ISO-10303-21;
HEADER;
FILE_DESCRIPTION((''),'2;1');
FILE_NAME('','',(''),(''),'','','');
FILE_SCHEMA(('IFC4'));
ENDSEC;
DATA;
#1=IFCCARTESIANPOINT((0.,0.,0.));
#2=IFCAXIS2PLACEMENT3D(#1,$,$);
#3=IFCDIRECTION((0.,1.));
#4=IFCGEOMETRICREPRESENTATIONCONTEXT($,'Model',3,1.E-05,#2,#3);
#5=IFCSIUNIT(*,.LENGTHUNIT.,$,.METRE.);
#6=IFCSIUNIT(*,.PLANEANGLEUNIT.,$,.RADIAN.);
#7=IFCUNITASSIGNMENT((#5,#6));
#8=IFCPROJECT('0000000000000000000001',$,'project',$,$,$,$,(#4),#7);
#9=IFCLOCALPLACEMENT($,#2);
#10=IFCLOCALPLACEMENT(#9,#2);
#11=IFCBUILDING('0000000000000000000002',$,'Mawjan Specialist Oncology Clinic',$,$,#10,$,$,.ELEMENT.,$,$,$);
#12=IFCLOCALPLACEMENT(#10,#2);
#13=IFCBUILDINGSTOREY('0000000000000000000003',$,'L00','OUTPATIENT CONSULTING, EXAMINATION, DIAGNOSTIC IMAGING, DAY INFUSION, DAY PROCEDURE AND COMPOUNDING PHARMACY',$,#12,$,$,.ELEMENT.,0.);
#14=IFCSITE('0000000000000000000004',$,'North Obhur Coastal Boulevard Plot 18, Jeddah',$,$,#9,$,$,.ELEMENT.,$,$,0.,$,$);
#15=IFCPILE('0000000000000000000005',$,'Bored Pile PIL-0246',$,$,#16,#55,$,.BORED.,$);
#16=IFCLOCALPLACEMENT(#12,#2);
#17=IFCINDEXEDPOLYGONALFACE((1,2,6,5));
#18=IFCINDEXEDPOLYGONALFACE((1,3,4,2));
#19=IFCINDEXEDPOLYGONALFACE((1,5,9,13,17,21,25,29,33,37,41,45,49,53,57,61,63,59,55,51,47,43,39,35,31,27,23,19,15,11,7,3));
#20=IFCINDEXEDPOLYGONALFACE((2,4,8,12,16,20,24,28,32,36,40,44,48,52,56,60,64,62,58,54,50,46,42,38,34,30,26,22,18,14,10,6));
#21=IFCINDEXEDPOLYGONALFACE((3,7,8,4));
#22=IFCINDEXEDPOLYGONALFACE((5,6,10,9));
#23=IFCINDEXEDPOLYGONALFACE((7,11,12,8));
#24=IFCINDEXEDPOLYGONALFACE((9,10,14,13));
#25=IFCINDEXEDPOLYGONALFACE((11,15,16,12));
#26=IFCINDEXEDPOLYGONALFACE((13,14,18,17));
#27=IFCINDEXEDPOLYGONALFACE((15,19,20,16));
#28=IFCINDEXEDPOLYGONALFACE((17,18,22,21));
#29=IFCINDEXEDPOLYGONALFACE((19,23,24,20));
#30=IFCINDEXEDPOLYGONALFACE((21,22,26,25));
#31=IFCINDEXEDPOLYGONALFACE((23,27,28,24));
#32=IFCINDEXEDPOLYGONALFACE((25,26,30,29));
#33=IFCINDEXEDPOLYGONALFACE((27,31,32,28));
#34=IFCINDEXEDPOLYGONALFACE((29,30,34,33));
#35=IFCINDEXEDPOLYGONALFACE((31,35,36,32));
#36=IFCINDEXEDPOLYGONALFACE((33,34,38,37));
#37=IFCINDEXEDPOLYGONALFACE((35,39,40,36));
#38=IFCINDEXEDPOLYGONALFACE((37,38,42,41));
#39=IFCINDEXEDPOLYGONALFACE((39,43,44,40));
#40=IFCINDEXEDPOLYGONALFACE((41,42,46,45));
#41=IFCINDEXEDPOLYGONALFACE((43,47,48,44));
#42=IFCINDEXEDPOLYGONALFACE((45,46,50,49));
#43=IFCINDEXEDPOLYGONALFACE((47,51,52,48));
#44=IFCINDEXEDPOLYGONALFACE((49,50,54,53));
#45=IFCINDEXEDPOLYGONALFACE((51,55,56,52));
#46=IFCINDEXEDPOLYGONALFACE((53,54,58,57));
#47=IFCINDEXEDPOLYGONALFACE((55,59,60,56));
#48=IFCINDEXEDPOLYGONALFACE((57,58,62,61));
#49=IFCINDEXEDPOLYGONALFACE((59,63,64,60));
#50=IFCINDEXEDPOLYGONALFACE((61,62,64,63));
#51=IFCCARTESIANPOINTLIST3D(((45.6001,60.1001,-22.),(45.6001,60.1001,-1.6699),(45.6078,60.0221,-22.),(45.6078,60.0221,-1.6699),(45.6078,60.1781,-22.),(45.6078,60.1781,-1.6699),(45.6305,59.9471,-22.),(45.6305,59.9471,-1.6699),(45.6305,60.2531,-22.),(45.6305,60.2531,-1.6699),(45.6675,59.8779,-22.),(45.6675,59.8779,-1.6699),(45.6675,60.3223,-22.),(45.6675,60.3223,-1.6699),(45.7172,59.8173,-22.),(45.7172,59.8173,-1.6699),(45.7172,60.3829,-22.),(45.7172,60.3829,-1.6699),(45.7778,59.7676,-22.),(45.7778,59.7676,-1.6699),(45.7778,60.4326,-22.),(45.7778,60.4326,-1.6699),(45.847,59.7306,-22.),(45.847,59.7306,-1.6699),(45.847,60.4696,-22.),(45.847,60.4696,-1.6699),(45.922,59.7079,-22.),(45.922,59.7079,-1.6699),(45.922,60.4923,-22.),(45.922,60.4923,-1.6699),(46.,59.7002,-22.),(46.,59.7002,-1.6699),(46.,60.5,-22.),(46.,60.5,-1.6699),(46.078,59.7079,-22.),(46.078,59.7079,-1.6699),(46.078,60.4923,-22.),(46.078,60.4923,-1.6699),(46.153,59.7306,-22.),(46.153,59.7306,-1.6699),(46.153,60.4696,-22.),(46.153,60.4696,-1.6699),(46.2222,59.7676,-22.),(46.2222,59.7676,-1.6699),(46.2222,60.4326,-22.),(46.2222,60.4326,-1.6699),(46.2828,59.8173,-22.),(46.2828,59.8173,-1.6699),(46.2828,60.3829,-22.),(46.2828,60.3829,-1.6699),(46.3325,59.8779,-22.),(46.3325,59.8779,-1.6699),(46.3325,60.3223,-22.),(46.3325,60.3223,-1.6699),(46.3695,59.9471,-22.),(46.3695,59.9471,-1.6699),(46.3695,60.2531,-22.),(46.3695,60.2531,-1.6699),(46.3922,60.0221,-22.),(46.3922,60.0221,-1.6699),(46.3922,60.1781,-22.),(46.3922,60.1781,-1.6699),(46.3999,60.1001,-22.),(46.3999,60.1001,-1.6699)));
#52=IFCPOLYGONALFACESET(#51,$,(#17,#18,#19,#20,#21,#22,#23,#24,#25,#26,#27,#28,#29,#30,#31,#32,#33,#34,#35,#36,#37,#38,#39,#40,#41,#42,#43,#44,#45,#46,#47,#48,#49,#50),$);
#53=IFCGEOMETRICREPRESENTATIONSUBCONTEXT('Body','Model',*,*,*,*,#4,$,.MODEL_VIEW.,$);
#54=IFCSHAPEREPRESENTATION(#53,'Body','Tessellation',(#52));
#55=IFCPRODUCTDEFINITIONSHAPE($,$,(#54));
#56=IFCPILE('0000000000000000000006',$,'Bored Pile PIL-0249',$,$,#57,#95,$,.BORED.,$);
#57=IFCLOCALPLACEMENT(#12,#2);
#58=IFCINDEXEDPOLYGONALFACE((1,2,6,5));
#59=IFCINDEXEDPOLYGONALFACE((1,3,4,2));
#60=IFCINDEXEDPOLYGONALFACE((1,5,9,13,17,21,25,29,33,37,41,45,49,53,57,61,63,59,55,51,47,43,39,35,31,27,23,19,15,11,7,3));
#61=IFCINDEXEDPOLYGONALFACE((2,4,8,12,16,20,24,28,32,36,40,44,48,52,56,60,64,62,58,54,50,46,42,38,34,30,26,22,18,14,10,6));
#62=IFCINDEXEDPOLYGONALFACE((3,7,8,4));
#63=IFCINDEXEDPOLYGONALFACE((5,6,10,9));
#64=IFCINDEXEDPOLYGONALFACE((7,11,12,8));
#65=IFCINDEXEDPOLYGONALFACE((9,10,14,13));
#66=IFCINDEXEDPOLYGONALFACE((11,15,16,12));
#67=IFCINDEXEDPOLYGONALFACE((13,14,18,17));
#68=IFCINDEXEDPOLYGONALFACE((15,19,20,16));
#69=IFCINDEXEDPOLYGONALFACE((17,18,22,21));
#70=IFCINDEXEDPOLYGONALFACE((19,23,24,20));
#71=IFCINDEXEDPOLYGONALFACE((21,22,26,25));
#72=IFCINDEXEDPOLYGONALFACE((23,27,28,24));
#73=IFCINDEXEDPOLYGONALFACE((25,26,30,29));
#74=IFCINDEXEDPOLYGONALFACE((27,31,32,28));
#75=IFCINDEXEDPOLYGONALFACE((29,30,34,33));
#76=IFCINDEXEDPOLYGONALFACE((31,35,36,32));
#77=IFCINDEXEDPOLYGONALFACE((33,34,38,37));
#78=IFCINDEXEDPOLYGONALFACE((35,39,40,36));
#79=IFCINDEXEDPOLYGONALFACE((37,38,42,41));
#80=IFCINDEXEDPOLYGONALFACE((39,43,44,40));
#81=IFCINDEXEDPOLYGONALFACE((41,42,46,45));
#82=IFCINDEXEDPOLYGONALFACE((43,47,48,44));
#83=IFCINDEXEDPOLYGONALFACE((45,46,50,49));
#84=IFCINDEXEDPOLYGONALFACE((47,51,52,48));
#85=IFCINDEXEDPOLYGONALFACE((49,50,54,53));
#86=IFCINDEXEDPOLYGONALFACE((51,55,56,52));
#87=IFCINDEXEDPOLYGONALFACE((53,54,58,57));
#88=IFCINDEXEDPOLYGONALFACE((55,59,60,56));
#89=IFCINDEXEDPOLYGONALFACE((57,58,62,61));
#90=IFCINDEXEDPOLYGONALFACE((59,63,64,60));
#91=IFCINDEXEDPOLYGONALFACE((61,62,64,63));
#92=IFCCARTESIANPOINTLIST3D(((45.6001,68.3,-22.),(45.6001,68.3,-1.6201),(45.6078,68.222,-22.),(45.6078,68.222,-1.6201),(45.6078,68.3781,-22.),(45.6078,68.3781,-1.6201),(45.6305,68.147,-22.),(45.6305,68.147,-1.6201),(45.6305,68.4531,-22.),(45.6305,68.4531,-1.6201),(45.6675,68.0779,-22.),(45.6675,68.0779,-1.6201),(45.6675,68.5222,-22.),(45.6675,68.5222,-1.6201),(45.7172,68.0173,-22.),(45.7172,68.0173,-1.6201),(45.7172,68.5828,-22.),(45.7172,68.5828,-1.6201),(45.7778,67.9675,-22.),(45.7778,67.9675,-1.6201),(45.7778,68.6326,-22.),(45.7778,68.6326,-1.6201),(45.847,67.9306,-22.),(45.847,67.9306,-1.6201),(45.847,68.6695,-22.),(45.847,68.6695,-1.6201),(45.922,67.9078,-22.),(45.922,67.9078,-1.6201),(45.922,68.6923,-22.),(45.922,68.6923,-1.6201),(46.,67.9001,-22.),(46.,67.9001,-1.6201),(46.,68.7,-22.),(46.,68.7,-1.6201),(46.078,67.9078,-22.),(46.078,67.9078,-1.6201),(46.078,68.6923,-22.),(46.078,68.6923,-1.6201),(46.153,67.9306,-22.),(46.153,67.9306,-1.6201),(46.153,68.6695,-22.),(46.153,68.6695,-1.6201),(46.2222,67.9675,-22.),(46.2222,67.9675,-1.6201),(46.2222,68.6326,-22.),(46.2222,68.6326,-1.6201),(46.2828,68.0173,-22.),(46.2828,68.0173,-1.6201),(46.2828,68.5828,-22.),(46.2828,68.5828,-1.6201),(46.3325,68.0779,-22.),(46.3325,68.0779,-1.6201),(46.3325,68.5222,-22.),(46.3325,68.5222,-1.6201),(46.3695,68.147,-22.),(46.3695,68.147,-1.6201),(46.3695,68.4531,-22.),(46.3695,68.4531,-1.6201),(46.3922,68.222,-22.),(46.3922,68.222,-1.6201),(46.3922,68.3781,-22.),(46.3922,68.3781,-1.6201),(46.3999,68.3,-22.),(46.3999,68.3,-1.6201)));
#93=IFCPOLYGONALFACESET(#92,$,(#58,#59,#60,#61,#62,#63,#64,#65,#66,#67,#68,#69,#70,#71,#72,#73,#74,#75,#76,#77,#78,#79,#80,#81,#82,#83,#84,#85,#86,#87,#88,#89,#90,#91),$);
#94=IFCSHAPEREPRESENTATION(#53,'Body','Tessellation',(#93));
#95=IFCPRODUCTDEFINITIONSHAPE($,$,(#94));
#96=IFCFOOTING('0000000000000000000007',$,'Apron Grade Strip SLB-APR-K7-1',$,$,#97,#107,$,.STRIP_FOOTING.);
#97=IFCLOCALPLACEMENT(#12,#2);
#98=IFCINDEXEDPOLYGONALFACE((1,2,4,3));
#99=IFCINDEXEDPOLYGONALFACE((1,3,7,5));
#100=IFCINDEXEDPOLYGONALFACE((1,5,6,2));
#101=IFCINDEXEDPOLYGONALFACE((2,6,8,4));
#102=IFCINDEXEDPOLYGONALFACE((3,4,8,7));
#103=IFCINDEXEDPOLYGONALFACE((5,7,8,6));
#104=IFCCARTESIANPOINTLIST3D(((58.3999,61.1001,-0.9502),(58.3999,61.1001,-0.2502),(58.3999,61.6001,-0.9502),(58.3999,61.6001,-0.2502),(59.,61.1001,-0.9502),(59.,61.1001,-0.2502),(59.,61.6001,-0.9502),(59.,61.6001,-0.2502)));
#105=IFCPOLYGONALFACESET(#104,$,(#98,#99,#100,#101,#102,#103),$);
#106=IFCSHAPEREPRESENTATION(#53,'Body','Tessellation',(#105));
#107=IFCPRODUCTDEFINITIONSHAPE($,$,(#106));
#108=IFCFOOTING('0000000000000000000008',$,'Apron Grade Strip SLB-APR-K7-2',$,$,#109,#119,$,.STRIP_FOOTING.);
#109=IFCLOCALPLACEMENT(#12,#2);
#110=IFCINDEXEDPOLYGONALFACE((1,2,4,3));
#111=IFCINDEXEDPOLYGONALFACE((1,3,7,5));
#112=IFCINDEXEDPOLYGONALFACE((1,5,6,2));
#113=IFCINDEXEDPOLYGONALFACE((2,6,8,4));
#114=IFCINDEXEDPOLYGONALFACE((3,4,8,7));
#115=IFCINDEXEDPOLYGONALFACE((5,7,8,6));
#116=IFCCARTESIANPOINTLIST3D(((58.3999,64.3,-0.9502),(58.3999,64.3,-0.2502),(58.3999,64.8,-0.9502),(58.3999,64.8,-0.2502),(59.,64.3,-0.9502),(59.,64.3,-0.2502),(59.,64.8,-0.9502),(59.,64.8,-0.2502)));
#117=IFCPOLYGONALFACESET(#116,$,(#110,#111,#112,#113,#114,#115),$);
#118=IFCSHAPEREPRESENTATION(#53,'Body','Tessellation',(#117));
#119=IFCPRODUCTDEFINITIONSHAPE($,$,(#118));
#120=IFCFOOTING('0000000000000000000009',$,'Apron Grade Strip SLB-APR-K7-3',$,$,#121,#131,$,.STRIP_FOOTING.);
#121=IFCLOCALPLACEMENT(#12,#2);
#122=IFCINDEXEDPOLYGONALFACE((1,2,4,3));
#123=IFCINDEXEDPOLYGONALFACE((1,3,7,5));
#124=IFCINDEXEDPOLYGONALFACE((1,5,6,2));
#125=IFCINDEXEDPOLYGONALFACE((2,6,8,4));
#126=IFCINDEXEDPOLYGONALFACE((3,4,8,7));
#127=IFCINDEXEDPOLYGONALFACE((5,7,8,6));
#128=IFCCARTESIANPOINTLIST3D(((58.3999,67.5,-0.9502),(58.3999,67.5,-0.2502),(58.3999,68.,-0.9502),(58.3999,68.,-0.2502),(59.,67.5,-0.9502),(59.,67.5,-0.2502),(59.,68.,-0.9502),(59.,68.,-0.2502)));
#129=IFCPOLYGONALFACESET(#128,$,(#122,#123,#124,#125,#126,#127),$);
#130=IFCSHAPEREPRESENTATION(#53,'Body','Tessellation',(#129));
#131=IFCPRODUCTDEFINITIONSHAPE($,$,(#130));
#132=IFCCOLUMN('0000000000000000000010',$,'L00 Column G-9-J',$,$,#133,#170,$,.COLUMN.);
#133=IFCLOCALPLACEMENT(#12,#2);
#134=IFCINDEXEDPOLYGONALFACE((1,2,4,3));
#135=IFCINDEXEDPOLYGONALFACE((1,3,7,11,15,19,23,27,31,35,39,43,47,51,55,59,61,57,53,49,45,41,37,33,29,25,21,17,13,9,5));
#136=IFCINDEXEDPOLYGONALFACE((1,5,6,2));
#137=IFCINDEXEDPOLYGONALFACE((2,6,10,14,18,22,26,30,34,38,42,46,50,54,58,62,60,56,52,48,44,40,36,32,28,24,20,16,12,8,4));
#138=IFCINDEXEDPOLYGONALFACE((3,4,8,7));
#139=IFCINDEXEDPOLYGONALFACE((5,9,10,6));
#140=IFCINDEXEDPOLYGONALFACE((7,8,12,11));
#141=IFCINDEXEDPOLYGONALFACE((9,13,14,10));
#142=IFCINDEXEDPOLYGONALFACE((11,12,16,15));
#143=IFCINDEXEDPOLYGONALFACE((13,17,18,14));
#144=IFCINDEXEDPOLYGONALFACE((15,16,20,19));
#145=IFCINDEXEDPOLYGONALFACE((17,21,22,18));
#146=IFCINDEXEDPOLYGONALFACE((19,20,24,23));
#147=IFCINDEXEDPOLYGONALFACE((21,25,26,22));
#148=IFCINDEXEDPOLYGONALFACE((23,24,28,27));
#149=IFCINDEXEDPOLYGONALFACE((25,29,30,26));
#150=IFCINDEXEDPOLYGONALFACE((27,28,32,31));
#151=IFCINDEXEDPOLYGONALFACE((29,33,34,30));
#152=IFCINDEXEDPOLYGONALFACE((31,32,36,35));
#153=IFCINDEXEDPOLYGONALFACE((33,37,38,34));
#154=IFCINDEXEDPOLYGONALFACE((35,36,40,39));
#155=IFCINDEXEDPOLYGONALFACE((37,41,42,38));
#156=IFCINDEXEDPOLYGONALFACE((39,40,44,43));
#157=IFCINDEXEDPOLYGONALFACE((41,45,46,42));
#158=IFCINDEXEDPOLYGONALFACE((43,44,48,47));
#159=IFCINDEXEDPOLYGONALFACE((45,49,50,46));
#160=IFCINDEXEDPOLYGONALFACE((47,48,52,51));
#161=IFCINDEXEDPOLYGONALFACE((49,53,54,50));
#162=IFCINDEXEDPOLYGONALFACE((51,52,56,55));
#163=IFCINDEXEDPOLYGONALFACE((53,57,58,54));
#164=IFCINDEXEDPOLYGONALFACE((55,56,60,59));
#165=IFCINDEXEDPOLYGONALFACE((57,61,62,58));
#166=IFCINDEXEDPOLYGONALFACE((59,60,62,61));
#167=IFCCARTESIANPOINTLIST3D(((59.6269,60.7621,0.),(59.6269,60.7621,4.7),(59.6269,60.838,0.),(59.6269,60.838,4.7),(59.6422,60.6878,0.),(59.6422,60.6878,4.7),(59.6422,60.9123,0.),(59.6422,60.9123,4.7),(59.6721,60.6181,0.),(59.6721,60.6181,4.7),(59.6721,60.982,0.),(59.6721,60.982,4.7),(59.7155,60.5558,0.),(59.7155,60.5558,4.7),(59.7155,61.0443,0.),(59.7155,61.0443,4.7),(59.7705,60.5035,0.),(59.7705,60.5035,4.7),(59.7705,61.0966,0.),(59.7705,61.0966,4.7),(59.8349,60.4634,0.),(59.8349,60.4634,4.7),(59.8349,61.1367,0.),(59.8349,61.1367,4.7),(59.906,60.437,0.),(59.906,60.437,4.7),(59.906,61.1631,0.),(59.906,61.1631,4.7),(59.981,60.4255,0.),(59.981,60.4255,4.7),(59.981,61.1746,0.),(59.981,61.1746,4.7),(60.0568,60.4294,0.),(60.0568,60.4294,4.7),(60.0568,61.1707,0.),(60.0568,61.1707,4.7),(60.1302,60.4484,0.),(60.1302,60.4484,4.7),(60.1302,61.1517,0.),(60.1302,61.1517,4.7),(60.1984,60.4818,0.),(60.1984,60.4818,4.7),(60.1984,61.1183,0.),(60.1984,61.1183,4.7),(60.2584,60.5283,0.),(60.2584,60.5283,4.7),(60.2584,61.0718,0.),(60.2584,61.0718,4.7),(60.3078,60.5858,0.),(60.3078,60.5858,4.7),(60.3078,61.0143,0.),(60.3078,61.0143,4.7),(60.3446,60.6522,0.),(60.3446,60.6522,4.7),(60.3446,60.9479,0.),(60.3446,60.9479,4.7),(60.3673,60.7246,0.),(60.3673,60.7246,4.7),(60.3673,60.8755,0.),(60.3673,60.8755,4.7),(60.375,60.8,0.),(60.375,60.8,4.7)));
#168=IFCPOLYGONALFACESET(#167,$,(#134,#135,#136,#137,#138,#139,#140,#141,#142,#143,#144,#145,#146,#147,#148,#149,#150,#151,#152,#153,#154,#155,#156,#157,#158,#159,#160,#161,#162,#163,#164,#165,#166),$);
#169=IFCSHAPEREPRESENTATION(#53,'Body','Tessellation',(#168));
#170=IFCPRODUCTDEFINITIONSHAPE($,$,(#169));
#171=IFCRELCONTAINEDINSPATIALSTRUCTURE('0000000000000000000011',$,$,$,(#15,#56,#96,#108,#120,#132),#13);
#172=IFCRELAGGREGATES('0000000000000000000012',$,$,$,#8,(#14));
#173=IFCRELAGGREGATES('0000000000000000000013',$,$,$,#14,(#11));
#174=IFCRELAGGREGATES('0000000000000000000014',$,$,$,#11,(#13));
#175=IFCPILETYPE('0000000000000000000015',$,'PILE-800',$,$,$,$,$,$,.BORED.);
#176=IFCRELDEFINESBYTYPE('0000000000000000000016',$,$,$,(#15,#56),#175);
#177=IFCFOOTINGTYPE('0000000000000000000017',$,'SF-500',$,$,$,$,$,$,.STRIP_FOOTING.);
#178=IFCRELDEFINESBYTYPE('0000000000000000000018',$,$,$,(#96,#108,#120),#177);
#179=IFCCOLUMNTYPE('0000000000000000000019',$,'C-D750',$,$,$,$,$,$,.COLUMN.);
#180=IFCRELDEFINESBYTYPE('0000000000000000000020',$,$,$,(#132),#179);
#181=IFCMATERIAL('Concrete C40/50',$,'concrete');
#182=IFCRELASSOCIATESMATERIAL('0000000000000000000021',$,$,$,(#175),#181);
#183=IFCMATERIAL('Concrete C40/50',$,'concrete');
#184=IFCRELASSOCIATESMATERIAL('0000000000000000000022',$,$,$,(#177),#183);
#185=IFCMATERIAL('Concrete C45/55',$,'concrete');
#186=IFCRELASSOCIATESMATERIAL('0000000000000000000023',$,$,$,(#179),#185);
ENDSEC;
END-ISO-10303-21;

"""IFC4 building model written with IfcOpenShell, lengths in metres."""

from ifc_helpers import new_model, si_unit, direction, frame, origin, origin_2d, place, context, subcontext, project, spatial, rectangle, circle, extrude, material, material_profile, profile_set, type_object, element, save


model = new_model("IFC4")

# Units and contexts
model_context = context("Model", 3, precision=1e-05, world=origin(), true_north=direction((0.0, 1.0)))
body_context = subcontext(model_context, "Body", "Model", "MODEL_VIEW")
ifc_project = project(units=[si_unit("LENGTHUNIT", "METRE"), si_unit("PLANEANGLEUNIT", "RADIAN")], contexts=[model_context])

# Site, building, storey
site_placement = place(None, origin())
site = spatial("IfcSite", under=ifc_project, at=site_placement, Name="North Obhur Coastal Boulevard Plot 18, Jeddah", CompositionType="ELEMENT", RefElevation=0.0)
building_placement = place(site_placement, origin())
building = spatial("IfcBuilding", under=site, at=building_placement, Name="Mawjan Specialist Oncology Clinic", CompositionType="ELEMENT")
storey_placement = place(building_placement, origin())
storey = spatial("IfcBuildingStorey", under=building, at=storey_placement, Name="L00", Description="OUTPATIENT CONSULTING, EXAMINATION, DIAGNOSTIC IMAGING, DAY INFUSION, DAY PROCEDURE AND COMPOUNDING PHARMACY", CompositionType="ELEMENT", Elevation=0.0)

# Piles
ifc_material_1 = material(Name="Concrete C40/50", Category="concrete")
ifc_material_profile_1 = material_profile(ifc_material_1, circle(Radius=0.3999, at=origin_2d()), Name="BORED PILE D800", Category="concrete")
ifc_profile_set_1 = profile_set([ifc_material_profile_1], Name="Concrete C40/50")
pile_type_1 = type_object("IfcPileType", Name="PILE-800", PredefinedType="BORED", material=ifc_profile_set_1)
pile_1_placement = place(storey_placement, frame((46.0, 60.1001, -1.6699), z_axis=(0.0, 0.0, -1.0), x_axis=(1.0, 0.0, 0.0)))
element("IfcPile", 1, at=pile_1_placement, inside=storey, type_object=pile_type_1, Name="Bored Pile PIL-0246", PredefinedType="BORED", context=body_context, shape_type="SweptSolid", body=[
    extrude(circle(Radius=0.3999, at=origin_2d()), origin(), (0.0, 0.0, 1.0), 20.3301),
])
pile_2_placement = place(storey_placement, frame((46.0, 68.3, -1.6201), z_axis=(0.0, 0.0, -1.0), x_axis=(1.0, 0.0, 0.0)))
element("IfcPile", 2, at=pile_2_placement, inside=storey, type_object=pile_type_1, Name="Bored Pile PIL-0249", PredefinedType="BORED", context=body_context, shape_type="SweptSolid", body=[
    extrude(circle(Radius=0.3999, at=origin_2d()), origin(), (0.0, 0.0, 1.0), 20.3799),
])

# Footings
ifc_material_2 = material(Name="Concrete C40/50", Category="concrete")
footing_type_1 = type_object("IfcFootingType", Name="SF-500", PredefinedType="STRIP_FOOTING", material=ifc_material_2)
for number, where, z_axis, x_axis, name in (
    (3, (58.7, 61.3501, -0.9502), (0.0, 0.0, 1.0), (1.0, 0.0, 0.0), "Apron Grade Strip SLB-APR-K7-1"),
    (4, (58.7, 64.55, -0.9502), (0.0, 0.0, 1.0), (1.0, 0.0, 0.0), "Apron Grade Strip SLB-APR-K7-2"),
    (5, (58.7, 67.75, -0.9502), (0.0, 0.0, 1.0), (1.0, 0.0, 0.0), "Apron Grade Strip SLB-APR-K7-3"),
):
    element("IfcFooting", number, at=place(storey_placement, frame(where, z_axis=z_axis, x_axis=x_axis)), inside=storey, type_object=footing_type_1, Name=name, PredefinedType="STRIP_FOOTING", context=body_context, shape_type="SweptSolid", body=[
        extrude(rectangle(XDim=0.6001, YDim=0.5, at=origin_2d()), origin(), (0.0, 0.0, 1.0), 0.7),
    ])

# Column
ifc_material_3 = material(Name="Concrete C45/55", Category="concrete")
ifc_material_profile_2 = material_profile(ifc_material_3, circle(Radius=0.375, at=origin_2d()), Name="RC COL D750", Category="concrete")
ifc_profile_set_2 = profile_set([ifc_material_profile_2], Name="Concrete C45/55")
column_type_1 = type_object("IfcColumnType", Name="C-D750", PredefinedType="COLUMN", material=ifc_profile_set_2)
for number, where, z_axis, x_axis, name in (
    (6, (60.0, 60.8, 0.0), (0.0, 0.0, 1.0), (1.0, 0.0, 0.0), "L00 Column G-9-J"),
):
    element("IfcColumn", number, at=place(storey_placement, frame(where, z_axis=z_axis, x_axis=x_axis)), inside=storey, type_object=column_type_1, Name=name, PredefinedType="COLUMN", context=body_context, shape_type="SweptSolid", body=[
        extrude(circle(Radius=0.375, at=origin_2d()), origin(), (0.0, 0.0, 1.0), 4.7),
    ])

save(model, "model.ifc")
